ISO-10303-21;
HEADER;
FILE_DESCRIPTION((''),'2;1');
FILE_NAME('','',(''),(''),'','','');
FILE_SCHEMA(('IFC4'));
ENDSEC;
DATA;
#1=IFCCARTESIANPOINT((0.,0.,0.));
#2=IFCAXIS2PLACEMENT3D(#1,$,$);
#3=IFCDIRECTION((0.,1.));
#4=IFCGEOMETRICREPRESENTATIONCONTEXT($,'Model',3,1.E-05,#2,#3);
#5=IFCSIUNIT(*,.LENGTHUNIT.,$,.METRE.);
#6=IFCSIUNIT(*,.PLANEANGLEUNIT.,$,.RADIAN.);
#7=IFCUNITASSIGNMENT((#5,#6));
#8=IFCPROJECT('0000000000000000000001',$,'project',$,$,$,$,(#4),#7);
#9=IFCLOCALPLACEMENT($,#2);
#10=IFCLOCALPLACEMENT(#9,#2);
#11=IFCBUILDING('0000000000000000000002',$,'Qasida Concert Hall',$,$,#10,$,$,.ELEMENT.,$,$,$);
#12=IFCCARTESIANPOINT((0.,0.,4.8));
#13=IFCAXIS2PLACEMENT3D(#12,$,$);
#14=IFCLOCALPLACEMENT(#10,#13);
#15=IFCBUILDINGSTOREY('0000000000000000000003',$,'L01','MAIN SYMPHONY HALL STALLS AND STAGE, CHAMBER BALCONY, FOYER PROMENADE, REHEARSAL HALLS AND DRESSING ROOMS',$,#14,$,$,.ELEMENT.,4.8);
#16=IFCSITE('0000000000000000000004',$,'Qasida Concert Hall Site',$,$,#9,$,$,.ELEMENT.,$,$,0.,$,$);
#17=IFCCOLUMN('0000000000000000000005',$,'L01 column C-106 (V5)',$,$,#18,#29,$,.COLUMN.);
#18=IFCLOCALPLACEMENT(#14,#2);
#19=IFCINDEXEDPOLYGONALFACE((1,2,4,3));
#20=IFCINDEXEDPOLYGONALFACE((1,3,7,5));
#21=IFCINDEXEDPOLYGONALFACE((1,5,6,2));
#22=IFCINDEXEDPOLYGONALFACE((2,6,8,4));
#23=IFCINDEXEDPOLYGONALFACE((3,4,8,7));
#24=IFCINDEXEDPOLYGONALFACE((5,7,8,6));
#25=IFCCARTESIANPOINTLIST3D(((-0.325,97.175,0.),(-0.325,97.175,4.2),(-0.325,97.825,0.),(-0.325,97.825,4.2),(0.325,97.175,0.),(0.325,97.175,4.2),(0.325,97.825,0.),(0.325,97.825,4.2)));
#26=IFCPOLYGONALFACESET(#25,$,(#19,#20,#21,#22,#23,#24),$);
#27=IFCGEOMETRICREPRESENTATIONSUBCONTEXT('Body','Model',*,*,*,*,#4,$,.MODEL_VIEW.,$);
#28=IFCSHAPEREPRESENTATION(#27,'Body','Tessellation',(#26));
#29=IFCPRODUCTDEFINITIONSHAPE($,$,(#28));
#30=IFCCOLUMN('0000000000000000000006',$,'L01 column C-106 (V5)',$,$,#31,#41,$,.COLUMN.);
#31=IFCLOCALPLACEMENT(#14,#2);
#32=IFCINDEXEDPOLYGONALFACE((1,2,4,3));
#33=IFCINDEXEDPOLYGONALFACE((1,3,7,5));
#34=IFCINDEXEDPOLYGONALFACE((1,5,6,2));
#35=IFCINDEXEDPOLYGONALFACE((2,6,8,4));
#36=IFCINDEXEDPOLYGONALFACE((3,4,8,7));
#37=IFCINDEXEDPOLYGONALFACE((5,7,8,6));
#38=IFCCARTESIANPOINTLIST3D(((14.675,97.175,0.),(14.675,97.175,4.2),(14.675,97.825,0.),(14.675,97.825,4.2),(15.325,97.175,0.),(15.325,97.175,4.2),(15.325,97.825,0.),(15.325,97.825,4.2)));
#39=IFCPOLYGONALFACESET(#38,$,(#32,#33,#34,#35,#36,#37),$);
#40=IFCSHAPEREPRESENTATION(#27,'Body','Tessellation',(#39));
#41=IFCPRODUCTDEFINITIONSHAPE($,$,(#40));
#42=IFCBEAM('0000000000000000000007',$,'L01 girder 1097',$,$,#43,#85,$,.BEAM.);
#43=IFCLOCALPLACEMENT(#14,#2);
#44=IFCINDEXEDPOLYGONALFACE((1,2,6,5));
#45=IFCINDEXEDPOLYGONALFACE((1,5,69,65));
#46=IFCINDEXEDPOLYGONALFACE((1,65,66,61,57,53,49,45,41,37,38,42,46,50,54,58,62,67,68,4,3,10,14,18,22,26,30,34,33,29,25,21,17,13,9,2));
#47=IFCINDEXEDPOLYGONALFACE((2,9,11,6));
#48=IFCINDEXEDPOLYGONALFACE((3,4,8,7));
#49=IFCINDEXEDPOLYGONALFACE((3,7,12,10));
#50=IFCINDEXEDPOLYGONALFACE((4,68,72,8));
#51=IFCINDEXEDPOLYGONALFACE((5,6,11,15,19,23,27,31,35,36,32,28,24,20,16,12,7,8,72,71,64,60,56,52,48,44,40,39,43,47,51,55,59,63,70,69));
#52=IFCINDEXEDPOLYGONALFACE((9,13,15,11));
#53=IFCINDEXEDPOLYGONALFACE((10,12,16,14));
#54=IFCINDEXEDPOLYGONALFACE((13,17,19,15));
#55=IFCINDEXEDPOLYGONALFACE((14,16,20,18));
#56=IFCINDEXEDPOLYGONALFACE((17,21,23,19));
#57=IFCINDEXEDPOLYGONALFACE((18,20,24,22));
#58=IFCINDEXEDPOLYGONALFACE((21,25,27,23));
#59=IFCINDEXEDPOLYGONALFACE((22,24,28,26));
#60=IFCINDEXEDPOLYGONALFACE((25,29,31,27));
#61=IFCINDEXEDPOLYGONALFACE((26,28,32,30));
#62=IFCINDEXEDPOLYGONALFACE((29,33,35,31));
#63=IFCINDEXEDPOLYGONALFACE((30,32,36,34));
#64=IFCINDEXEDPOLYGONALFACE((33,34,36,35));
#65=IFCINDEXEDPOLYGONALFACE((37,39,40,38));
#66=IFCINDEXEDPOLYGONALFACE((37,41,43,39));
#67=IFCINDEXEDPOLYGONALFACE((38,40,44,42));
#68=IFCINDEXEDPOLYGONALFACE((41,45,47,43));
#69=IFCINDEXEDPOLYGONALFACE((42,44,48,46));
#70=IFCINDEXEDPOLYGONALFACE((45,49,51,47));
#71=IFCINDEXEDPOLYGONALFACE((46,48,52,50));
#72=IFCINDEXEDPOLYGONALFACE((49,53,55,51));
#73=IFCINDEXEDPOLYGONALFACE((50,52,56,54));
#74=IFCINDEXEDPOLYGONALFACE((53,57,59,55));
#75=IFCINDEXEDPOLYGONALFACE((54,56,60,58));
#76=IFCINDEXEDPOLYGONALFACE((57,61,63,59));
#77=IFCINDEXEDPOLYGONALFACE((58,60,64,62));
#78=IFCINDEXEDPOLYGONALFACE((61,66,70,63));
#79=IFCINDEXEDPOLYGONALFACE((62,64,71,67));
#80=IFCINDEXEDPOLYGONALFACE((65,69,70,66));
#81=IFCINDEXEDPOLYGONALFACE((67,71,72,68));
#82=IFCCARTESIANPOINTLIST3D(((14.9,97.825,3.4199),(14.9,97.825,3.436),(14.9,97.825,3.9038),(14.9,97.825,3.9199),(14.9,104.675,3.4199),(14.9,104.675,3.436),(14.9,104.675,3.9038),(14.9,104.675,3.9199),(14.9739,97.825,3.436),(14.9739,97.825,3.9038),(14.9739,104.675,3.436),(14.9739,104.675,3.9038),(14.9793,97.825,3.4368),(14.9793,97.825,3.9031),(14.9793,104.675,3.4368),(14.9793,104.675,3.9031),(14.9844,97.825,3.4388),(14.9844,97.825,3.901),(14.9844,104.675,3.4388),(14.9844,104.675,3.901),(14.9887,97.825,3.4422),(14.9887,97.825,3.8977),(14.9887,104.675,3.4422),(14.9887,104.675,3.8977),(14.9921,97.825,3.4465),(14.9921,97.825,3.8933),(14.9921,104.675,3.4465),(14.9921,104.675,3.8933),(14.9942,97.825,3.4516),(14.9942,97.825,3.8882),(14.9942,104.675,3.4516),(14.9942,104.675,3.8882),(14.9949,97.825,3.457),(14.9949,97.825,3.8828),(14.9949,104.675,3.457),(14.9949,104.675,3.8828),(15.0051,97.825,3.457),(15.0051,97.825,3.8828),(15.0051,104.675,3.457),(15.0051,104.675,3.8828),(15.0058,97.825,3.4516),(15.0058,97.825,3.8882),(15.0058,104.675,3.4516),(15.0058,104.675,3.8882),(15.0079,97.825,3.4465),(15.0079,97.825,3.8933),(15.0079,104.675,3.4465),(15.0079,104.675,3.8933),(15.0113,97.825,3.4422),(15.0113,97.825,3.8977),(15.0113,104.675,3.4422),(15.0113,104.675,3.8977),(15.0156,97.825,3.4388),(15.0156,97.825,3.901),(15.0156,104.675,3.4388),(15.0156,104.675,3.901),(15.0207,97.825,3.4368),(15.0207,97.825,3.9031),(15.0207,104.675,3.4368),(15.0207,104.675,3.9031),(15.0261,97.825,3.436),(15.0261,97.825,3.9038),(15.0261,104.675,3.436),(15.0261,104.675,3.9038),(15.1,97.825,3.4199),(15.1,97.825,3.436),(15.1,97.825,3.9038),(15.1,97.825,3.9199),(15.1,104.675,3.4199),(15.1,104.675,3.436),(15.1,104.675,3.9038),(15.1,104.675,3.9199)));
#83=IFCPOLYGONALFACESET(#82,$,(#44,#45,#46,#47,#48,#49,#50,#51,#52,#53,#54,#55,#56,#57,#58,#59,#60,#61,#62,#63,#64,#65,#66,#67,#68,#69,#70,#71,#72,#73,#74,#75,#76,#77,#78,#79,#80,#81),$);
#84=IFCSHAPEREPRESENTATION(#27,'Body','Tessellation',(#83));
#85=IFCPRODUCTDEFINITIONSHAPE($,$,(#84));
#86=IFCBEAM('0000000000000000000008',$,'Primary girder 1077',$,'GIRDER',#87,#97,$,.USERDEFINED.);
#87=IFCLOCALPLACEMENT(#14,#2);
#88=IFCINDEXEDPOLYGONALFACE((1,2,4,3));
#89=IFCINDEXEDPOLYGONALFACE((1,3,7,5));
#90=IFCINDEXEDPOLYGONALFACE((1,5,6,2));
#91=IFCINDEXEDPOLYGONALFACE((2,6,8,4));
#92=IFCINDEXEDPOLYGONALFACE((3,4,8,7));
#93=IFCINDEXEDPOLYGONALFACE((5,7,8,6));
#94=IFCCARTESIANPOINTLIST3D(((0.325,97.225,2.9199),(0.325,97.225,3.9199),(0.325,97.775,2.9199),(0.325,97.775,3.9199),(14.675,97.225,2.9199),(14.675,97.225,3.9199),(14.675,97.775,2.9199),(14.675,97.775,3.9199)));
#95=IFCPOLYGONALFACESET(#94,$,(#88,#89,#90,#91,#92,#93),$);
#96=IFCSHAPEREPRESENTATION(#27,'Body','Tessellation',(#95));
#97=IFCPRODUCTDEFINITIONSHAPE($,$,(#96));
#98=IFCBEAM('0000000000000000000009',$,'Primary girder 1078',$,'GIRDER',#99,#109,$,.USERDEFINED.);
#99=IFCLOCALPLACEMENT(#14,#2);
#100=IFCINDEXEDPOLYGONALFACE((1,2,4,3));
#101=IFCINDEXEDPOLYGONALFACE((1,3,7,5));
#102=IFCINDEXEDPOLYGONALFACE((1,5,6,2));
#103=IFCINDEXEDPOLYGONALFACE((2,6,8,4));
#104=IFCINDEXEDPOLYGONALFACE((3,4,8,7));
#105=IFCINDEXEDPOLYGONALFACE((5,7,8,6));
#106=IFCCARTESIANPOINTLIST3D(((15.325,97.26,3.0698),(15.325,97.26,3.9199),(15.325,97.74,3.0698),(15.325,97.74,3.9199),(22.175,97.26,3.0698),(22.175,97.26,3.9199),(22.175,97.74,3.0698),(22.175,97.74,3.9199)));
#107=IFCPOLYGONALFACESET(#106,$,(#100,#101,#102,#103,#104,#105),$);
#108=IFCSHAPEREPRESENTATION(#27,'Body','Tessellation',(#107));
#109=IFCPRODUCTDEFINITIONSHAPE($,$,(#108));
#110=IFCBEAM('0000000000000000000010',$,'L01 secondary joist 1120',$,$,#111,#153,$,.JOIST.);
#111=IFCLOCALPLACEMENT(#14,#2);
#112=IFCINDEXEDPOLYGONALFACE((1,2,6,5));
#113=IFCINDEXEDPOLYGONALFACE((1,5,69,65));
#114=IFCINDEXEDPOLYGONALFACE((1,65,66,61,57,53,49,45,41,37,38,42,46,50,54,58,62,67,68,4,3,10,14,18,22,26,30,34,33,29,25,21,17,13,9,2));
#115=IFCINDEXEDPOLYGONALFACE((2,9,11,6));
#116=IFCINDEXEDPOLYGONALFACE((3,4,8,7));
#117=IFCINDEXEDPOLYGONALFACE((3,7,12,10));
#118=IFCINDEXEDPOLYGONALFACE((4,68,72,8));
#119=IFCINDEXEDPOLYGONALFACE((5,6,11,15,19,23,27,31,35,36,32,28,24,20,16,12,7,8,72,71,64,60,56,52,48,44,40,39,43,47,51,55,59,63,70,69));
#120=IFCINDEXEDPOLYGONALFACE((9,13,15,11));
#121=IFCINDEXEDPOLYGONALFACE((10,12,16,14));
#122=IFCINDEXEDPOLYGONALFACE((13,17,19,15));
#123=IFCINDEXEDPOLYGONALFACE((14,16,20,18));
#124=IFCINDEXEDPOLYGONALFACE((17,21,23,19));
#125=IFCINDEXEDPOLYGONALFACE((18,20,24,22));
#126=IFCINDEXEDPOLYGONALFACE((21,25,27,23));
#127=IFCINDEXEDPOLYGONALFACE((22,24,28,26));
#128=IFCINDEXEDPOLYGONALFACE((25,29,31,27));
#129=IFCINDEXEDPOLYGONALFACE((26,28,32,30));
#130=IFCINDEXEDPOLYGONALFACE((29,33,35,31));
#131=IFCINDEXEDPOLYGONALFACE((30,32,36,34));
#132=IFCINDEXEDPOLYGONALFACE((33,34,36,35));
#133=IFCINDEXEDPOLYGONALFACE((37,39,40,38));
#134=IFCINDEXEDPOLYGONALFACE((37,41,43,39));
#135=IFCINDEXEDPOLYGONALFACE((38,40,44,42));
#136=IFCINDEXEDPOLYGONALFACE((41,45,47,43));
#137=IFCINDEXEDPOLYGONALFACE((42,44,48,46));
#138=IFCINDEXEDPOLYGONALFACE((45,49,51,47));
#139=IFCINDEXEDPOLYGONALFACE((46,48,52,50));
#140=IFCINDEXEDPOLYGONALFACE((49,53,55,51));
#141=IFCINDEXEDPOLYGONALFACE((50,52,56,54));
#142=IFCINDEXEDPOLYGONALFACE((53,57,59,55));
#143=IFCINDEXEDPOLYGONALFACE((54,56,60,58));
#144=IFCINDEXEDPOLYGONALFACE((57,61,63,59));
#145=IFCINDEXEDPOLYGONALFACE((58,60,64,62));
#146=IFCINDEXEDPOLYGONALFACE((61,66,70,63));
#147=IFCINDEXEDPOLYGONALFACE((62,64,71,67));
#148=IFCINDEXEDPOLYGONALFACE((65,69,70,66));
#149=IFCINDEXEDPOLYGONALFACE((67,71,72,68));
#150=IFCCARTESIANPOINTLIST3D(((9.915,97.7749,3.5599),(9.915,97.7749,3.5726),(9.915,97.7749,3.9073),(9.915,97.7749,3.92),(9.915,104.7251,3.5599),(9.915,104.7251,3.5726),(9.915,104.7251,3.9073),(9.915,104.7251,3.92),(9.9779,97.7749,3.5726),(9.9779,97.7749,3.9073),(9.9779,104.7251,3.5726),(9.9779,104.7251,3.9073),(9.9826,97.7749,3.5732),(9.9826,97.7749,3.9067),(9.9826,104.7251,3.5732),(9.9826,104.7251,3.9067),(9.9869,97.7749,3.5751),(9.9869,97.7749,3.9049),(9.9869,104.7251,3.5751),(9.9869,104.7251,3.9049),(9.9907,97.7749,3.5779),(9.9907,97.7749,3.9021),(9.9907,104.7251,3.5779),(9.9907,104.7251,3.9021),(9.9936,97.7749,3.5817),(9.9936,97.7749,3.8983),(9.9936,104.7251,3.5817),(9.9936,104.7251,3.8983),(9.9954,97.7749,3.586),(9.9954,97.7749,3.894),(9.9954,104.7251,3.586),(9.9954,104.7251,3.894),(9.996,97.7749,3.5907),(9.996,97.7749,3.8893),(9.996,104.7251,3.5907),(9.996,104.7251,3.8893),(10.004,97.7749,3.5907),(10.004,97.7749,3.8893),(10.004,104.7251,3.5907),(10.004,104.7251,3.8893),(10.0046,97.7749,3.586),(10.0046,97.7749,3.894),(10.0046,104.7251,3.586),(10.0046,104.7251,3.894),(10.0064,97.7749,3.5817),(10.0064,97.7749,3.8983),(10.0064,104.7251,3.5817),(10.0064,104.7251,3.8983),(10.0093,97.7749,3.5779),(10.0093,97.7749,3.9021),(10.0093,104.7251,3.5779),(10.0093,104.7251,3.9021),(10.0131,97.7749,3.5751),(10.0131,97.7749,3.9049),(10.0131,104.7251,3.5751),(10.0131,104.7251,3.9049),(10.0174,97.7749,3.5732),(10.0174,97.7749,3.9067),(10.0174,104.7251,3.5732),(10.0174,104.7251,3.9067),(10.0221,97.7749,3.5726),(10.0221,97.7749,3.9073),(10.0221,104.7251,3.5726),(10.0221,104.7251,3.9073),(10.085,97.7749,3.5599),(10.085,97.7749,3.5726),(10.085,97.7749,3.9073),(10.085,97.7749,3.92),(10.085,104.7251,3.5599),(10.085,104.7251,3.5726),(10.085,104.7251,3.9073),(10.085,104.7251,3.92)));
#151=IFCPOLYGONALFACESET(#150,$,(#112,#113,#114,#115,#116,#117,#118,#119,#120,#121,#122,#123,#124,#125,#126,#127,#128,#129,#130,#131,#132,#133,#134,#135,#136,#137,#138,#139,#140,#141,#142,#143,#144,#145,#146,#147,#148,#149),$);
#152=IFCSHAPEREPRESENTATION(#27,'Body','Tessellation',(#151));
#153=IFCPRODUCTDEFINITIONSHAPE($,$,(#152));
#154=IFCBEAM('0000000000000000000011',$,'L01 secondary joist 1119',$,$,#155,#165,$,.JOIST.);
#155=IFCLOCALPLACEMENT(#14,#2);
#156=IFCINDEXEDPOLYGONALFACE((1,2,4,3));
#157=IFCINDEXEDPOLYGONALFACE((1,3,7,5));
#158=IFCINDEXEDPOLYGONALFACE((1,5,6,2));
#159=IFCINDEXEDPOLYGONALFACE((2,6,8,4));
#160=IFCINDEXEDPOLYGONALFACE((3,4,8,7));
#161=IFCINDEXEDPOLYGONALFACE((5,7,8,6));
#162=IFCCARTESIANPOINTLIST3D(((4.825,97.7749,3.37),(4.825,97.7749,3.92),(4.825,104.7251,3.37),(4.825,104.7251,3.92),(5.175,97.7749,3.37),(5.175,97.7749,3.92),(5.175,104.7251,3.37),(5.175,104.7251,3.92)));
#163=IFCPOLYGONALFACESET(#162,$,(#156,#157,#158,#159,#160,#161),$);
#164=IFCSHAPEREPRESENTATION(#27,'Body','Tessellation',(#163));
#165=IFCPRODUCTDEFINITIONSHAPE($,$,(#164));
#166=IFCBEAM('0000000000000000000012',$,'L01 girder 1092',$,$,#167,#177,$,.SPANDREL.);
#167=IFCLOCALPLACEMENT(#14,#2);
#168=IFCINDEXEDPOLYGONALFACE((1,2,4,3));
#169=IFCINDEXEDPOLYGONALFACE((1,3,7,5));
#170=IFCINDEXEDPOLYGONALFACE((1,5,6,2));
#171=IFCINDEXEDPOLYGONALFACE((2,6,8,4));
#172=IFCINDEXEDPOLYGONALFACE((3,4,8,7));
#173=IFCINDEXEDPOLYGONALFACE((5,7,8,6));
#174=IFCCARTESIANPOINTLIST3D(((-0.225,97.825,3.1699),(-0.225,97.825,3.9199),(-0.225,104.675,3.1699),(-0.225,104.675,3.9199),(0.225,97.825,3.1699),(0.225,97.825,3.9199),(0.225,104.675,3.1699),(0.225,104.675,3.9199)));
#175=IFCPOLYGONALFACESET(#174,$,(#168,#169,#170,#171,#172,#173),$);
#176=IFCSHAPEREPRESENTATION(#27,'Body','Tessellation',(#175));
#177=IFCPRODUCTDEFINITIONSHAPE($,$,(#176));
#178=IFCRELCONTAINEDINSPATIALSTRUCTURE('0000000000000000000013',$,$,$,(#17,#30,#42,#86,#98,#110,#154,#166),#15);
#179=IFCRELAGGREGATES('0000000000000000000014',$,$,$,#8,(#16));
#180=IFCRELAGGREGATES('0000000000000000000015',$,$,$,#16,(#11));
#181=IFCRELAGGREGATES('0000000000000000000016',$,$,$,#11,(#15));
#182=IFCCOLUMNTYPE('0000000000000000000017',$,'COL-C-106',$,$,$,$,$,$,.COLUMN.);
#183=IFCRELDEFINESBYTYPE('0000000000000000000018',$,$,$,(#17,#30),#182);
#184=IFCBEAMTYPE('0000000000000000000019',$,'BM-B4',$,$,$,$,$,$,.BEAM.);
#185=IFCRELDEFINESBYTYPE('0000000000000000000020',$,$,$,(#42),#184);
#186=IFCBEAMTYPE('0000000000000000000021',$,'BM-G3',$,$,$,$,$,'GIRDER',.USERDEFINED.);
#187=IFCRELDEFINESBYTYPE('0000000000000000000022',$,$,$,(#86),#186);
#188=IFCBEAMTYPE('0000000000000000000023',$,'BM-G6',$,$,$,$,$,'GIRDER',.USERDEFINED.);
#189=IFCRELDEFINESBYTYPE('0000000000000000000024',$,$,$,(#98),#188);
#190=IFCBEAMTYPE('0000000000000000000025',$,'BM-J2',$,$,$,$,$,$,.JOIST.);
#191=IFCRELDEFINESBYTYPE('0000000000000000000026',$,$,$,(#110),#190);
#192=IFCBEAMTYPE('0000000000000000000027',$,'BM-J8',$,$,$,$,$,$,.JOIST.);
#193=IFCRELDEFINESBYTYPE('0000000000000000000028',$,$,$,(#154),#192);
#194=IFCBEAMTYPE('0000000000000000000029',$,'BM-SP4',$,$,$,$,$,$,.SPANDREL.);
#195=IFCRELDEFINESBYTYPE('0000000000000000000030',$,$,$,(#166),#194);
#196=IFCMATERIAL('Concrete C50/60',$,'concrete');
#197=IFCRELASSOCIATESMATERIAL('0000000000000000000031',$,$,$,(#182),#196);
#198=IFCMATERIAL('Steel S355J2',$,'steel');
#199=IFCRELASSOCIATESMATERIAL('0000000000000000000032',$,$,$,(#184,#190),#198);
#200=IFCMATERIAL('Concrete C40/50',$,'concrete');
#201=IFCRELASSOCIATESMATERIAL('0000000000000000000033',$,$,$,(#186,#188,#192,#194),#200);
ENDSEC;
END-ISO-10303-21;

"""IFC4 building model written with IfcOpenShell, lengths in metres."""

from ifc_helpers import new_model, si_unit, direction, frame, origin, origin_2d, place, context, subcontext, project, spatial, rectangle, i_section, extrude, material, material_profile, profile_set, type_object, element, save


model = new_model("IFC4")

# Units and contexts
model_context = context("Model", 3, precision=1e-05, world=origin(), true_north=direction((0.0, 1.0)))
body_context = subcontext(model_context, "Body", "Model", "MODEL_VIEW")
ifc_project = project(units=[si_unit("LENGTHUNIT", "METRE"), si_unit("PLANEANGLEUNIT", "RADIAN")], contexts=[model_context])

# Site, building, storey
site_placement = place(None, origin())
site = spatial("IfcSite", under=ifc_project, at=site_placement, Name="Qasida Concert Hall Site", CompositionType="ELEMENT", RefElevation=0.0)
building_placement = place(site_placement, origin())
building = spatial("IfcBuilding", under=site, at=building_placement, Name="Qasida Concert Hall", CompositionType="ELEMENT")
storey_placement = place(building_placement, frame((0.0, 0.0, 4.8)))
storey = spatial("IfcBuildingStorey", under=building, at=storey_placement, Name="L01", Description="MAIN SYMPHONY HALL STALLS AND STAGE, CHAMBER BALCONY, FOYER PROMENADE, REHEARSAL HALLS AND DRESSING ROOMS", CompositionType="ELEMENT", Elevation=4.8)

# Columns
ifc_material_1 = material(Name="Concrete C50/60", Category="concrete")
ifc_material_profile_1 = material_profile(ifc_material_1, rectangle(XDim=0.6499, YDim=0.6499, at=origin_2d()), Name="RC 650x650")
ifc_profile_set_1 = profile_set([ifc_material_profile_1], Name="Concrete C50/60")
column_type = type_object("IfcColumnType", Name="COL-C-106", PredefinedType="COLUMN", material=ifc_profile_set_1)
for number, where, z_axis, x_axis, name in (
    (1, (0.0, 97.5, 0.0), (0.0, 0.0, 1.0), (1.0, 0.0, 0.0), "L01 column C-106 (V5)"),
    (2, (15.0, 97.5, 0.0), (0.0, 0.0, 1.0), (1.0, 0.0, 0.0), "L01 column C-106 (V5)"),
):
    element("IfcColumn", number, at=place(storey_placement, frame(where, z_axis=z_axis, x_axis=x_axis)), inside=storey, type_object=column_type, Name=name, PredefinedType="COLUMN", context=body_context, shape_type="SweptSolid", body=[
        extrude(rectangle(XDim=0.6499, YDim=0.6499, at=origin_2d()), origin(), (0.0, 0.0, 1.0), 4.2),
    ])

# Beams
ifc_material_2 = material(Name="Steel S355J2", Category="steel")
ifc_material_profile_2 = material_profile(ifc_material_2, i_section(OverallWidth=0.2, OverallDepth=0.5, WebThickness=0.0103, FlangeThickness=0.0161, FilletRadius=0.021, at=origin_2d()), Name="IPE 500")
ifc_profile_set_2 = profile_set([ifc_material_profile_2], Name="Steel S355J2")
beam_type_1 = type_object("IfcBeamType", Name="BM-B4", PredefinedType="BEAM", material=ifc_profile_set_2)
beam_1_placement = place(storey_placement, frame((15.0, 97.825, 3.6699), z_axis=(0.0, 1.0, 0.0), x_axis=(-1.0, 0.0, 0.0)))
element("IfcBeam", 3, at=beam_1_placement, inside=storey, type_object=beam_type_1, Name="L01 girder 1097", PredefinedType="BEAM", context=body_context, shape_type="SweptSolid", body=[
    extrude(i_section(OverallWidth=0.2, OverallDepth=0.5, WebThickness=0.0103, FlangeThickness=0.0161, FilletRadius=0.021, at=origin_2d()), origin(), (0.0, 0.0, 1.0), 6.8501),
])
ifc_material_3 = material(Name="Concrete C40/50", Category="concrete")
ifc_material_profile_3 = material_profile(ifc_material_3, rectangle(XDim=0.55, YDim=1.0, at=origin_2d()), Name="RC 550x1000")
ifc_profile_set_3 = profile_set([ifc_material_profile_3], Name="Concrete C40/50")
beam_type_2 = type_object("IfcBeamType", Name="BM-G3", ElementType="GIRDER", PredefinedType="USERDEFINED", material=ifc_profile_set_3)
beam_2_placement = place(storey_placement, frame((0.325, 97.5, 3.4199), z_axis=(1.0, 0.0, 0.0), x_axis=(0.0, 1.0, 0.0)))
element("IfcBeam", 4, at=beam_2_placement, inside=storey, type_object=beam_type_2, Name="Primary girder 1077", ObjectType="GIRDER", PredefinedType="USERDEFINED", context=body_context, shape_type="SweptSolid", body=[
    extrude(rectangle(XDim=0.55, YDim=1.0, at=origin_2d()), origin(), (0.0, 0.0, 1.0), 14.3501),
])
ifc_material_profile_4 = material_profile(ifc_material_3, rectangle(XDim=0.48, YDim=0.8501, at=origin_2d()), Name="RC 480x850")
ifc_profile_set_4 = profile_set([ifc_material_profile_4], Name="Concrete C40/50")
beam_type_3 = type_object("IfcBeamType", Name="BM-G6", ElementType="GIRDER", PredefinedType="USERDEFINED", material=ifc_profile_set_4)
beam_3_placement = place(storey_placement, frame((15.325, 97.5, 3.4949), z_axis=(1.0, 0.0, 0.0), x_axis=(0.0, 1.0, 0.0)))
element("IfcBeam", 5, at=beam_3_placement, inside=storey, type_object=beam_type_3, Name="Primary girder 1078", ObjectType="GIRDER", PredefinedType="USERDEFINED", context=body_context, shape_type="SweptSolid", body=[
    extrude(rectangle(XDim=0.48, YDim=0.8501, at=origin_2d()), origin(), (0.0, 0.0, 1.0), 6.8501),
])
ifc_material_profile_5 = material_profile(ifc_material_2, i_section(OverallWidth=0.1699, OverallDepth=0.3601, WebThickness=0.0081, FlangeThickness=0.0127, FilletRadius=0.0181, at=origin_2d()), Name="IPE 360")
ifc_profile_set_5 = profile_set([ifc_material_profile_5], Name="Steel S355J2")
beam_type_4 = type_object("IfcBeamType", Name="BM-J2", PredefinedType="JOIST", material=ifc_profile_set_5)
beam_4_placement = place(storey_placement, frame((10.0, 97.7749, 3.74), z_axis=(0.0, 1.0, 0.0), x_axis=(-1.0, 0.0, 0.0)))
element("IfcBeam", 6, at=beam_4_placement, inside=storey, type_object=beam_type_4, Name="L01 secondary joist 1120", PredefinedType="JOIST", context=body_context, shape_type="SweptSolid", body=[
    extrude(i_section(OverallWidth=0.1699, OverallDepth=0.3601, WebThickness=0.0081, FlangeThickness=0.0127, FilletRadius=0.0181, at=origin_2d()), origin(), (0.0, 0.0, 1.0), 6.9502),
])
ifc_material_profile_6 = material_profile(ifc_material_3, rectangle(XDim=0.3501, YDim=0.55, at=origin_2d()), Name="RC 350x550")
ifc_profile_set_6 = profile_set([ifc_material_profile_6], Name="Concrete C40/50")
beam_type_5 = type_object("IfcBeamType", Name="BM-J8", PredefinedType="JOIST", material=ifc_profile_set_6)
beam_5_placement = place(storey_placement, frame((5.0, 97.7749, 3.645), z_axis=(0.0, 1.0, 0.0), x_axis=(-1.0, 0.0, 0.0)))
element("IfcBeam", 7, at=beam_5_placement, inside=storey, type_object=beam_type_5, Name="L01 secondary joist 1119", PredefinedType="JOIST", context=body_context, shape_type="SweptSolid", body=[
    extrude(rectangle(XDim=0.3501, YDim=0.55, at=origin_2d()), origin(), (0.0, 0.0, 1.0), 6.9502),
])
ifc_material_profile_7 = material_profile(ifc_material_3, rectangle(XDim=0.45, YDim=0.75, at=origin_2d()), Name="RC 450x750")
ifc_profile_set_7 = profile_set([ifc_material_profile_7], Name="Concrete C40/50")
beam_type_6 = type_object("IfcBeamType", Name="BM-SP4", PredefinedType="SPANDREL", material=ifc_profile_set_7)
beam_6_placement = place(storey_placement, frame((0.0, 97.825, 3.5449), z_axis=(0.0, 1.0, 0.0), x_axis=(-1.0, 0.0, 0.0)))
element("IfcBeam", 8, at=beam_6_placement, inside=storey, type_object=beam_type_6, Name="L01 girder 1092", PredefinedType="SPANDREL", context=body_context, shape_type="SweptSolid", body=[
    extrude(rectangle(XDim=0.45, YDim=0.75, at=origin_2d()), origin(), (0.0, 0.0, 1.0), 6.8501),
])

save(model, "model.ifc")
